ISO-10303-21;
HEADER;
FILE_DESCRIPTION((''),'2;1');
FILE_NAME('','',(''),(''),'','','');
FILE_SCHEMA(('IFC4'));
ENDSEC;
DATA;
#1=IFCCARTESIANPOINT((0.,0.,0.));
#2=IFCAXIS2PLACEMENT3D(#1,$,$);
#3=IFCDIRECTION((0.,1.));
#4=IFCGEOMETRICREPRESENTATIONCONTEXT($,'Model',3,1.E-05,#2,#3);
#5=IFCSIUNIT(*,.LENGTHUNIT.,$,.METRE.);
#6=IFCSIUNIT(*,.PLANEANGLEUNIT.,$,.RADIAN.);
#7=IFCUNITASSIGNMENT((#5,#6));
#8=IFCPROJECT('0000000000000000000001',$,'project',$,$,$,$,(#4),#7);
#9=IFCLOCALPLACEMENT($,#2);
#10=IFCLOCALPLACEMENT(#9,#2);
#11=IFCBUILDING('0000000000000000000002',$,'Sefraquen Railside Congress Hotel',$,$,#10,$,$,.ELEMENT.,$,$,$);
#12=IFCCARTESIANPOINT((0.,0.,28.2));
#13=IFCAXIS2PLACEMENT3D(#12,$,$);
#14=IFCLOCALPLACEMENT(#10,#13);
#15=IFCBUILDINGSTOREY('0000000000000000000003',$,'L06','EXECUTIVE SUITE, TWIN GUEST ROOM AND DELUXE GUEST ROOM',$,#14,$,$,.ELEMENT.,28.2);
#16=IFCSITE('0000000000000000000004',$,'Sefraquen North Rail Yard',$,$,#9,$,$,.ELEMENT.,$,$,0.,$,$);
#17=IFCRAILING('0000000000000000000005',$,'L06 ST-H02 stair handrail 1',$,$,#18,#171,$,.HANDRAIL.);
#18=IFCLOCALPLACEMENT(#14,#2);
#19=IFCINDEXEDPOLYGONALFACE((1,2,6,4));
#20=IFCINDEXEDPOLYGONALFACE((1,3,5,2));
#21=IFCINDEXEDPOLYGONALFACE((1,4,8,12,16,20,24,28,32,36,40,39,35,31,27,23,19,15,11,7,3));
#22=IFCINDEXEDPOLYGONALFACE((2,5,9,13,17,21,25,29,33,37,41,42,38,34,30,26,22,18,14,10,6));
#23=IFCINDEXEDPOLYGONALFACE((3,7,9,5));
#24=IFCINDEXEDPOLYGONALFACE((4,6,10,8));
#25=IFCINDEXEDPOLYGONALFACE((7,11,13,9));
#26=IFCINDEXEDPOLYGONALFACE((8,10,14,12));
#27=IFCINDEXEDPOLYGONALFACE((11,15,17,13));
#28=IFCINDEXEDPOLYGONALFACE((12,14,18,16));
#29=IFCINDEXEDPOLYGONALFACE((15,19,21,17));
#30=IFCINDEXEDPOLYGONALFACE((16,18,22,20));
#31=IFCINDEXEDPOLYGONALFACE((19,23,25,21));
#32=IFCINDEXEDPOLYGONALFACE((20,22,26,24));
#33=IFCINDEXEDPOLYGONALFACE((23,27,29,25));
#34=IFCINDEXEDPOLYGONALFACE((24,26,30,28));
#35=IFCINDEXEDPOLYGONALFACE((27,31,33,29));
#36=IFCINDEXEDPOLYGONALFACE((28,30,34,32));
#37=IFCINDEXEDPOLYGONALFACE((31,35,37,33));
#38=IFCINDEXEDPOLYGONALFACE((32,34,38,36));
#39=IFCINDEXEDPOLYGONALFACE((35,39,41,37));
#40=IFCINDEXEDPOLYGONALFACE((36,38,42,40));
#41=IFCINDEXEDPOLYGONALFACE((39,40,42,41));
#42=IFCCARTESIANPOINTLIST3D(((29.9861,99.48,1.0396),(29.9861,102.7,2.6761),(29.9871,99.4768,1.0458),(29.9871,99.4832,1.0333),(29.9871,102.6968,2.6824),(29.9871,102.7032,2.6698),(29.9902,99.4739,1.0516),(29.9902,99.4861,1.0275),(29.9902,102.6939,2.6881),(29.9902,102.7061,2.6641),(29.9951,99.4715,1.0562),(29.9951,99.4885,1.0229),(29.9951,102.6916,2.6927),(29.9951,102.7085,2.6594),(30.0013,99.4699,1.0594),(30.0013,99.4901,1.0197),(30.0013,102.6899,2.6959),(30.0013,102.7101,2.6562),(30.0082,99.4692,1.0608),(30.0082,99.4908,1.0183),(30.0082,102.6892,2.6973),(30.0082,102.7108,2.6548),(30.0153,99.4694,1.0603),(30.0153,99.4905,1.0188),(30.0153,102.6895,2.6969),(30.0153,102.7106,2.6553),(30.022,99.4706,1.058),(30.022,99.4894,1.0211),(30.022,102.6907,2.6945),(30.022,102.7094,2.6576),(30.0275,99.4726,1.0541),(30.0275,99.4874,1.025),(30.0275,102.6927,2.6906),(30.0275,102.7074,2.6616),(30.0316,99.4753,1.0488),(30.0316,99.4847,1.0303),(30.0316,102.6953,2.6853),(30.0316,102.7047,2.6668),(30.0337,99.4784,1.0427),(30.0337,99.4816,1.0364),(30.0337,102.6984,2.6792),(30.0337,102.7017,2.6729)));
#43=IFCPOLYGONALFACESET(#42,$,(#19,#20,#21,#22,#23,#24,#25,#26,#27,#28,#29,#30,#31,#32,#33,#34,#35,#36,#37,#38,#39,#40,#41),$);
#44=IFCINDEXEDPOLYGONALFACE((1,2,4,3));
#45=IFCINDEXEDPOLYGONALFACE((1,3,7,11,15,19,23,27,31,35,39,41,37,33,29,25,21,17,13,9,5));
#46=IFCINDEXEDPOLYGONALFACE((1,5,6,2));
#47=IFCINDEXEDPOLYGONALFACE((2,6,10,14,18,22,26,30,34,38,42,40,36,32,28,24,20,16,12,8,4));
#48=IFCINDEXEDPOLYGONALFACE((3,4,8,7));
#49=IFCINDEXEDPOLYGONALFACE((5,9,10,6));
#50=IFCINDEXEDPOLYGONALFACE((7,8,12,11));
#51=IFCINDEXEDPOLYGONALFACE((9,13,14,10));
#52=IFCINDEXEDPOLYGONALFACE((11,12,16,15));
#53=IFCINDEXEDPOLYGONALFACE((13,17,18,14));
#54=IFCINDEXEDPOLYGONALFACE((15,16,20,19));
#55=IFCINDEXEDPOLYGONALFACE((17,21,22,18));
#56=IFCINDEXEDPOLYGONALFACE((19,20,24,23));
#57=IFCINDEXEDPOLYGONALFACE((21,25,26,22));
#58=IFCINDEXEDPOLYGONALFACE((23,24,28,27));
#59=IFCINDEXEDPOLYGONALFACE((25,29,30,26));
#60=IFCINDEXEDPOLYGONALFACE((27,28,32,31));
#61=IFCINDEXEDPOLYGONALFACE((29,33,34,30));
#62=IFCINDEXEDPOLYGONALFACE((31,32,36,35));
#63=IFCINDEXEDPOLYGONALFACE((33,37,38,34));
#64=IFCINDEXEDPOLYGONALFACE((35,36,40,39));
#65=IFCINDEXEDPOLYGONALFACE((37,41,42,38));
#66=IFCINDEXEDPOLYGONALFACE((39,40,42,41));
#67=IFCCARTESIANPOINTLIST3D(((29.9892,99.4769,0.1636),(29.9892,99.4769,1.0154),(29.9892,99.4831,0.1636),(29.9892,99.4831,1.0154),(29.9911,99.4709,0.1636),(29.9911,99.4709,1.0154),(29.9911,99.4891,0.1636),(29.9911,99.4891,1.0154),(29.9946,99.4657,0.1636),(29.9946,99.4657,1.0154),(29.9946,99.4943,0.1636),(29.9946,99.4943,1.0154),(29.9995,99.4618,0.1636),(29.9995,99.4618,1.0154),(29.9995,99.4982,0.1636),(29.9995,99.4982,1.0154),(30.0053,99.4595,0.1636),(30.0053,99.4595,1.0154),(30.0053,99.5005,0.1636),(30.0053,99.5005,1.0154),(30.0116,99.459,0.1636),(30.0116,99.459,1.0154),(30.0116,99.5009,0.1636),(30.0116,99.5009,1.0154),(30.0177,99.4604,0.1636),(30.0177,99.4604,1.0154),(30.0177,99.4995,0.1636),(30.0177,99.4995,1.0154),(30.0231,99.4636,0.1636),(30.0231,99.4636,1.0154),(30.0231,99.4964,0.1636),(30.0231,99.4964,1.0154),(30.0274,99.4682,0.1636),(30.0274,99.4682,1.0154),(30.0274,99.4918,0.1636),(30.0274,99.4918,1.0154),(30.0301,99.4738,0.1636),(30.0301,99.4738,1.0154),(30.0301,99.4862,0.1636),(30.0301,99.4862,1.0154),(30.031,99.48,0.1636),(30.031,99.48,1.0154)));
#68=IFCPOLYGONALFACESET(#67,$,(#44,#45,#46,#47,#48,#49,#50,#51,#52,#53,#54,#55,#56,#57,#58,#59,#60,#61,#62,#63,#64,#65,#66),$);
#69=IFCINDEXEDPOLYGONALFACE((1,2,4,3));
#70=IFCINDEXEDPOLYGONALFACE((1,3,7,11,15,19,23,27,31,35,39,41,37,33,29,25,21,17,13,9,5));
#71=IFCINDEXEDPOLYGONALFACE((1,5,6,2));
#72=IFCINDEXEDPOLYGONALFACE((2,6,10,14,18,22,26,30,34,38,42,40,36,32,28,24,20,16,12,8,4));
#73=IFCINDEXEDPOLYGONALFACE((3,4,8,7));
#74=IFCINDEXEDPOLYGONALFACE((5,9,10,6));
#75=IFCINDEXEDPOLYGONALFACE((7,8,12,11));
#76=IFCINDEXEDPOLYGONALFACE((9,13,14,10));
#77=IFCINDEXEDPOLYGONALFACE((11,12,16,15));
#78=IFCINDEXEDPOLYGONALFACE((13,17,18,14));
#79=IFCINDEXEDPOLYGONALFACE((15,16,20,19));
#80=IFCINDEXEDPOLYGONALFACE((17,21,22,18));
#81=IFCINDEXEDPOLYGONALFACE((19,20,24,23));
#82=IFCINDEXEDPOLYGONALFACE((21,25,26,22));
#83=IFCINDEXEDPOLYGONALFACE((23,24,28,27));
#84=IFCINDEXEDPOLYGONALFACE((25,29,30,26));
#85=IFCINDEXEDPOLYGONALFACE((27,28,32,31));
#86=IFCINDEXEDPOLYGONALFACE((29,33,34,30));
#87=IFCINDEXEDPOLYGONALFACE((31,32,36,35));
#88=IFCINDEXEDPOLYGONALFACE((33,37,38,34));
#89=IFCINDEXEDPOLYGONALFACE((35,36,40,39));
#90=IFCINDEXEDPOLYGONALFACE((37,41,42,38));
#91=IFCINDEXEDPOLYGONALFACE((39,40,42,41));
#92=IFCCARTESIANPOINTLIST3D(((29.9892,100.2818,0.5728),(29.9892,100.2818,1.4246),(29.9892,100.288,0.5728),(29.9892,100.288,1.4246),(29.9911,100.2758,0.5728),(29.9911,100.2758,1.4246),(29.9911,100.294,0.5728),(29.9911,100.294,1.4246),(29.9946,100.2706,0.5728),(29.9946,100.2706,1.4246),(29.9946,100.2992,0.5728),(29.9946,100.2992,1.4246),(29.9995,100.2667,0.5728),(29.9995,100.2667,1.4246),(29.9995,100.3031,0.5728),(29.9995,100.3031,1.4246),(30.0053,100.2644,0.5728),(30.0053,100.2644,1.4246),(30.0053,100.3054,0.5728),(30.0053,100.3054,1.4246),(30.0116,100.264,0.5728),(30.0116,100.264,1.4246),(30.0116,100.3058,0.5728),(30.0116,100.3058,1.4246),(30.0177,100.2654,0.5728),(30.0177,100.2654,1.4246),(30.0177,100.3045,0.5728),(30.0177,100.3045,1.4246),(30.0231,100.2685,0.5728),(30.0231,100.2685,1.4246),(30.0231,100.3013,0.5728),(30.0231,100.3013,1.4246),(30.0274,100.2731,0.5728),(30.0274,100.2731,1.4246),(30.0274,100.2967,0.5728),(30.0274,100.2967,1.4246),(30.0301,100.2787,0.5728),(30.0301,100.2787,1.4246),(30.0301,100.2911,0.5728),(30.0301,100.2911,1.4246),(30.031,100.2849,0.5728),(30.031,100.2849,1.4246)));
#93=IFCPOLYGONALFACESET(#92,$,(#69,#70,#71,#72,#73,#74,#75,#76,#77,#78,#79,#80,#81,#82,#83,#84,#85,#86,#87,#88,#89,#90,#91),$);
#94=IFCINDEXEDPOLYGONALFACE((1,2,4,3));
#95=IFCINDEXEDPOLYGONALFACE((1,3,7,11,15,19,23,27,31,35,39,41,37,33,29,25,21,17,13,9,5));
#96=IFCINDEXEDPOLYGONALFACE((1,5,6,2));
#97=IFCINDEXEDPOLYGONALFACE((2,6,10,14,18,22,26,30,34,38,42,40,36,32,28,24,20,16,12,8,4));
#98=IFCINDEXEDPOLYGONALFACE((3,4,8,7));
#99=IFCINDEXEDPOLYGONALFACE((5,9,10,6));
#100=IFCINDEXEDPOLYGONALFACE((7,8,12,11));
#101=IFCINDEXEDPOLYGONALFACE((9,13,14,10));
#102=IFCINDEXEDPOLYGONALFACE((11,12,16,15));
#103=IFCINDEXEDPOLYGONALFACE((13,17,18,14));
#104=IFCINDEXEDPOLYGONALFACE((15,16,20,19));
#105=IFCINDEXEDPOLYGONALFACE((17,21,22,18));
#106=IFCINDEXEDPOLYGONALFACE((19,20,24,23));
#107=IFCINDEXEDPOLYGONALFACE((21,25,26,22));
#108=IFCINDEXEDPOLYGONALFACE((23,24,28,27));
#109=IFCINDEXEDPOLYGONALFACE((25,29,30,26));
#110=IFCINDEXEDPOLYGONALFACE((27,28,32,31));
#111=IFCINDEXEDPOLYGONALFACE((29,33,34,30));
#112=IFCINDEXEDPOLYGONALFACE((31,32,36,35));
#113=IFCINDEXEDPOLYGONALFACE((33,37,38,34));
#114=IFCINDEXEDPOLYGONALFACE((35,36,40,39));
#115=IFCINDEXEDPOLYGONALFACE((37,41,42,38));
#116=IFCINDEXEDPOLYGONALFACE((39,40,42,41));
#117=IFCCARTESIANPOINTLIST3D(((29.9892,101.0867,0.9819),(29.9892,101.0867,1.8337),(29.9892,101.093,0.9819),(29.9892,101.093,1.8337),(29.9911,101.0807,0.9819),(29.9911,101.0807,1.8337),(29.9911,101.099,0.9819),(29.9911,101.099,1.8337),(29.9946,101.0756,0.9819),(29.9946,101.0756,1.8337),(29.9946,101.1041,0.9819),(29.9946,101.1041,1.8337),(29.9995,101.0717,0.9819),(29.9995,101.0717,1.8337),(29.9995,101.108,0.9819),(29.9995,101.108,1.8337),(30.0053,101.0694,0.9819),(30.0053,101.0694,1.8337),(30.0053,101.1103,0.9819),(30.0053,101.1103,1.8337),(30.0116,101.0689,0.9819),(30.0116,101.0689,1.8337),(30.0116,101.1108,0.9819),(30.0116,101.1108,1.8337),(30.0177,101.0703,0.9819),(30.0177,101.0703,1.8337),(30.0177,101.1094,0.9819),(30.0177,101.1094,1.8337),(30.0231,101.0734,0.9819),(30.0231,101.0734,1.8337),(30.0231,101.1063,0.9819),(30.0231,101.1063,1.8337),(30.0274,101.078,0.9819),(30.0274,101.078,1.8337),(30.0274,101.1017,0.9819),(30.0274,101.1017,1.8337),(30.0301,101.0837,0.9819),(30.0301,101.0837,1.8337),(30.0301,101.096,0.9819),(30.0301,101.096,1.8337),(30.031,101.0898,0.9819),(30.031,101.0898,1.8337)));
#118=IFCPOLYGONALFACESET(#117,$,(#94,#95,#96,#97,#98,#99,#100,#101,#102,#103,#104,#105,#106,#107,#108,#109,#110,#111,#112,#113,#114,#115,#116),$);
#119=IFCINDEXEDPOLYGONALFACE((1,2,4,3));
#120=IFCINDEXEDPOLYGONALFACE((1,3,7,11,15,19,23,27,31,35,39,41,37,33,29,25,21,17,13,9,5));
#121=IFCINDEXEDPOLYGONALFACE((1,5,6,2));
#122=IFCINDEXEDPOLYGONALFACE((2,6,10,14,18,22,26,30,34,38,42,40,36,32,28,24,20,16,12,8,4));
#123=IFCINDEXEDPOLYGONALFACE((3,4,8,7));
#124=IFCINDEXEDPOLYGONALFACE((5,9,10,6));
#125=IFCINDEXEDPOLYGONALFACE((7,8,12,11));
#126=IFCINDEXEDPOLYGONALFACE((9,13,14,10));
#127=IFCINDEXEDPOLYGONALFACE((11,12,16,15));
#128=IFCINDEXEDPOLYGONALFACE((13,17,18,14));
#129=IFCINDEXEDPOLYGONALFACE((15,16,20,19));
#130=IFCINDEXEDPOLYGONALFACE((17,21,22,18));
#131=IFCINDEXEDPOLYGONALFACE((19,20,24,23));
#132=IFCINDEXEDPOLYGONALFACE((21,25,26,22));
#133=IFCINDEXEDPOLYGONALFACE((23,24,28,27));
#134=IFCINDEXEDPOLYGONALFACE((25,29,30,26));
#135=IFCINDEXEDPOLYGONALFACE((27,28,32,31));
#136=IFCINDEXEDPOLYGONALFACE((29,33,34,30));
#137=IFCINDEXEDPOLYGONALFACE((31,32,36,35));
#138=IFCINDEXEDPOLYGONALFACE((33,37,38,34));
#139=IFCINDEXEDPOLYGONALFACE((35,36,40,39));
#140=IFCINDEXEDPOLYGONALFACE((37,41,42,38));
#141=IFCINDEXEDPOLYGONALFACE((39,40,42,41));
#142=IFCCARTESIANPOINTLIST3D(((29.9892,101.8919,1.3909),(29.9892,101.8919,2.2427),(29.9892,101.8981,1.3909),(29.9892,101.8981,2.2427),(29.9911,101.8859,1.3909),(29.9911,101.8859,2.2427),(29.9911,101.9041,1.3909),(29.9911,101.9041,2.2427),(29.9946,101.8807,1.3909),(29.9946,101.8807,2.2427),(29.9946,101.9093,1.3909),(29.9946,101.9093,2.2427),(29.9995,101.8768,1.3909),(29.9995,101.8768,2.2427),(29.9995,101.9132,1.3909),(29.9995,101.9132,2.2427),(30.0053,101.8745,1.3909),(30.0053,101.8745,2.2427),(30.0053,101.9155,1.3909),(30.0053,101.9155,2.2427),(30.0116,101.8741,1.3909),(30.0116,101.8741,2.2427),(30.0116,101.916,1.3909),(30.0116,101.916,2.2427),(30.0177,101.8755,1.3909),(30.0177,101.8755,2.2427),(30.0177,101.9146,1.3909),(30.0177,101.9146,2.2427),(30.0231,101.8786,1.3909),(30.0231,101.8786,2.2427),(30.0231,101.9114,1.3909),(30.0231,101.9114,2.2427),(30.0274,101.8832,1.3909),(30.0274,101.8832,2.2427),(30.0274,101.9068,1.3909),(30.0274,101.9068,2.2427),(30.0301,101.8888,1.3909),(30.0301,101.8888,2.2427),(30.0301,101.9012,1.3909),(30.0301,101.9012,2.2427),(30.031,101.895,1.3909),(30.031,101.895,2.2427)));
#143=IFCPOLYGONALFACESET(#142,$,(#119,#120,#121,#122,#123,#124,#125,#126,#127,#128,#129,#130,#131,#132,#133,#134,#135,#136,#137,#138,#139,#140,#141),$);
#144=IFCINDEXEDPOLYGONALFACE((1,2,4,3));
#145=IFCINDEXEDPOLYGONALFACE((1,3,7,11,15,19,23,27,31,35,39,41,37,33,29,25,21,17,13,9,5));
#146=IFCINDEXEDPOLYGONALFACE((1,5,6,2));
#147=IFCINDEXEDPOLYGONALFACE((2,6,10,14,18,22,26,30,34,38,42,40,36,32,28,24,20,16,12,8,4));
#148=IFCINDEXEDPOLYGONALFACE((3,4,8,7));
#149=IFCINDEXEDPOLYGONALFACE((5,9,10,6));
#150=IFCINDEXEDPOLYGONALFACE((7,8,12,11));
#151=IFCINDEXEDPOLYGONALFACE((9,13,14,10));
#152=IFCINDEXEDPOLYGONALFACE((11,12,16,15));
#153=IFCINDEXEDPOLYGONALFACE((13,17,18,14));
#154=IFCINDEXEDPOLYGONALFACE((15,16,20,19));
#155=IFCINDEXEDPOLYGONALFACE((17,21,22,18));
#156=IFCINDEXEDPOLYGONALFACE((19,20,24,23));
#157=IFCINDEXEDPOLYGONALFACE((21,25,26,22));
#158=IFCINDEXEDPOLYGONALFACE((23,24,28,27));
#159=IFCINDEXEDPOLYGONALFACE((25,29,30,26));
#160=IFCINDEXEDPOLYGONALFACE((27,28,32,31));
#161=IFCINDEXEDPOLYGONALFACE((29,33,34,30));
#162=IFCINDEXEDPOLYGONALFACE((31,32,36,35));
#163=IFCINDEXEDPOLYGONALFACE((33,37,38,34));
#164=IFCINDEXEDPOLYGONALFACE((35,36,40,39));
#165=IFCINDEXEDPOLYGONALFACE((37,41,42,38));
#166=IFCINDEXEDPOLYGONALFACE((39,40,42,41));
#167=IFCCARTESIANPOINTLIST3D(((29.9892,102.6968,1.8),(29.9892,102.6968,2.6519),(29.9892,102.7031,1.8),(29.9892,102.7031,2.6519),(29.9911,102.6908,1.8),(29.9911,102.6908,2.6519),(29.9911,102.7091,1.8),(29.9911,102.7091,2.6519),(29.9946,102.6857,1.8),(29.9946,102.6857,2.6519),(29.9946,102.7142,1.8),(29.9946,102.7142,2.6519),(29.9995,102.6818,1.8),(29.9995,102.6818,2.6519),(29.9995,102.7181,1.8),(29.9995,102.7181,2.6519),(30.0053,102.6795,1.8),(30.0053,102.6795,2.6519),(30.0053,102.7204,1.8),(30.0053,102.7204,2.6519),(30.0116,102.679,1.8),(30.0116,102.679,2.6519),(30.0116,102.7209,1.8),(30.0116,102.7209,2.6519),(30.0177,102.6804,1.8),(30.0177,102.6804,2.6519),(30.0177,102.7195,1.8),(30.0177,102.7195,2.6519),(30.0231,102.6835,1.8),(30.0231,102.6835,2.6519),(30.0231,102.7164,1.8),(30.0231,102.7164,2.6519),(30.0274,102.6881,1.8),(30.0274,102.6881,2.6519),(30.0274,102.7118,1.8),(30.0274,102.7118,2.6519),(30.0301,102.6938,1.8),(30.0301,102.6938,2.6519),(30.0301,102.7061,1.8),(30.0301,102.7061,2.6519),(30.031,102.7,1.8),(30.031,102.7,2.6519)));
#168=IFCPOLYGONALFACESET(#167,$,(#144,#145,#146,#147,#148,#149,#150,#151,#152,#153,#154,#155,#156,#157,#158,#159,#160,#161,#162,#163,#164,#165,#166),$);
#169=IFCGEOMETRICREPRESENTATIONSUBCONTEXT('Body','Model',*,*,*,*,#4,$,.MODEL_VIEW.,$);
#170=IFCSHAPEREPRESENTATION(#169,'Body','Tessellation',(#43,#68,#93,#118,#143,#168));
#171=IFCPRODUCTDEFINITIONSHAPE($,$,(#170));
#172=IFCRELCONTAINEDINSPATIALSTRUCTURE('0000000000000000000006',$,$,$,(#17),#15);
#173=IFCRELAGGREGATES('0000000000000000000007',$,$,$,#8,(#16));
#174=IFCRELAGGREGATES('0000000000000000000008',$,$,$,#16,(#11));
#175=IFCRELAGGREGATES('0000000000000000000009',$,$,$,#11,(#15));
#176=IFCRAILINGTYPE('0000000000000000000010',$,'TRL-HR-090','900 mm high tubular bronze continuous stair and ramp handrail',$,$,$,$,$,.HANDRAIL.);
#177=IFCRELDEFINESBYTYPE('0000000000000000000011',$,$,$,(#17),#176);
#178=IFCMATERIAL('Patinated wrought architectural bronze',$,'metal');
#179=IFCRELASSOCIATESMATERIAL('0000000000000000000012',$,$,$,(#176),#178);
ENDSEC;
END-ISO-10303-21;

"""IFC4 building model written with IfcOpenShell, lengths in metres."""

from ifc_helpers import new_model, si_unit, direction, frame, origin, origin_2d, place, context, subcontext, project, spatial, circle, extrude, material, type_object, element, save


model = new_model("IFC4")

# Units and contexts
model_context = context("Model", 3, precision=1e-05, world=origin(), true_north=direction((0.0, 1.0)))
body_context = subcontext(model_context, "Body", "Model", "MODEL_VIEW")
ifc_project = project(units=[si_unit("LENGTHUNIT", "METRE"), si_unit("PLANEANGLEUNIT", "RADIAN")], contexts=[model_context])

# Site, building, storey
site_placement = place(None, origin())
site = spatial("IfcSite", under=ifc_project, at=site_placement, Name="Sefraquen North Rail Yard", CompositionType="ELEMENT", RefElevation=0.0)
building_placement = place(site_placement, origin())
building = spatial("IfcBuilding", under=site, at=building_placement, Name="Sefraquen Railside Congress Hotel", CompositionType="ELEMENT")
storey_placement = place(building_placement, frame((0.0, 0.0, 28.2)))
storey = spatial("IfcBuildingStorey", under=building, at=storey_placement, Name="L06", Description="EXECUTIVE SUITE, TWIN GUEST ROOM AND DELUXE GUEST ROOM", CompositionType="ELEMENT", Elevation=28.2)

# Railing
ifc_material_1 = material(Name="Patinated wrought architectural bronze", Category="metal")
railing_type_1 = type_object("IfcRailingType", Name="TRL-HR-090", Description="900 mm high tubular bronze continuous stair and ramp handrail", PredefinedType="HANDRAIL", material=ifc_material_1)
railing_1_placement = place(storey_placement, frame((30.01, 99.48, 0.1636)))
element("IfcRailing", 1, at=railing_1_placement, inside=storey, type_object=railing_type_1, Name="L06 ST-H02 stair handrail 1", PredefinedType="HANDRAIL", context=body_context, shape_type="SweptSolid", body=[
    extrude(circle(Radius=0.0239, at=origin_2d()), frame((0.0, 0.0, 0.876), z_axis=(0.0, 0.891474, 0.453071), x_axis=(-1.0, 0.0, 0.0)), (0.0, 0.0, 1.0), 3.6121),
    extrude(circle(Radius=0.021, at=origin_2d()), origin(), (0.0, 0.0, 1.0), 0.8518),
    extrude(circle(Radius=0.021, at=origin_2d()), frame((0.0, 0.8049, 0.4092)), (0.0, 0.0, 1.0), 0.8518),
    extrude(circle(Radius=0.021, at=origin_2d()), frame((0.0, 1.6099, 0.8184)), (0.0, 0.0, 1.0), 0.8518),
    extrude(circle(Radius=0.021, at=origin_2d()), frame((0.0, 2.415, 1.2273)), (0.0, 0.0, 1.0), 0.8518),
    extrude(circle(Radius=0.021, at=origin_2d()), frame((0.0, 3.22, 1.6365)), (0.0, 0.0, 1.0), 0.8518),
])

save(model, "model.ifc")
